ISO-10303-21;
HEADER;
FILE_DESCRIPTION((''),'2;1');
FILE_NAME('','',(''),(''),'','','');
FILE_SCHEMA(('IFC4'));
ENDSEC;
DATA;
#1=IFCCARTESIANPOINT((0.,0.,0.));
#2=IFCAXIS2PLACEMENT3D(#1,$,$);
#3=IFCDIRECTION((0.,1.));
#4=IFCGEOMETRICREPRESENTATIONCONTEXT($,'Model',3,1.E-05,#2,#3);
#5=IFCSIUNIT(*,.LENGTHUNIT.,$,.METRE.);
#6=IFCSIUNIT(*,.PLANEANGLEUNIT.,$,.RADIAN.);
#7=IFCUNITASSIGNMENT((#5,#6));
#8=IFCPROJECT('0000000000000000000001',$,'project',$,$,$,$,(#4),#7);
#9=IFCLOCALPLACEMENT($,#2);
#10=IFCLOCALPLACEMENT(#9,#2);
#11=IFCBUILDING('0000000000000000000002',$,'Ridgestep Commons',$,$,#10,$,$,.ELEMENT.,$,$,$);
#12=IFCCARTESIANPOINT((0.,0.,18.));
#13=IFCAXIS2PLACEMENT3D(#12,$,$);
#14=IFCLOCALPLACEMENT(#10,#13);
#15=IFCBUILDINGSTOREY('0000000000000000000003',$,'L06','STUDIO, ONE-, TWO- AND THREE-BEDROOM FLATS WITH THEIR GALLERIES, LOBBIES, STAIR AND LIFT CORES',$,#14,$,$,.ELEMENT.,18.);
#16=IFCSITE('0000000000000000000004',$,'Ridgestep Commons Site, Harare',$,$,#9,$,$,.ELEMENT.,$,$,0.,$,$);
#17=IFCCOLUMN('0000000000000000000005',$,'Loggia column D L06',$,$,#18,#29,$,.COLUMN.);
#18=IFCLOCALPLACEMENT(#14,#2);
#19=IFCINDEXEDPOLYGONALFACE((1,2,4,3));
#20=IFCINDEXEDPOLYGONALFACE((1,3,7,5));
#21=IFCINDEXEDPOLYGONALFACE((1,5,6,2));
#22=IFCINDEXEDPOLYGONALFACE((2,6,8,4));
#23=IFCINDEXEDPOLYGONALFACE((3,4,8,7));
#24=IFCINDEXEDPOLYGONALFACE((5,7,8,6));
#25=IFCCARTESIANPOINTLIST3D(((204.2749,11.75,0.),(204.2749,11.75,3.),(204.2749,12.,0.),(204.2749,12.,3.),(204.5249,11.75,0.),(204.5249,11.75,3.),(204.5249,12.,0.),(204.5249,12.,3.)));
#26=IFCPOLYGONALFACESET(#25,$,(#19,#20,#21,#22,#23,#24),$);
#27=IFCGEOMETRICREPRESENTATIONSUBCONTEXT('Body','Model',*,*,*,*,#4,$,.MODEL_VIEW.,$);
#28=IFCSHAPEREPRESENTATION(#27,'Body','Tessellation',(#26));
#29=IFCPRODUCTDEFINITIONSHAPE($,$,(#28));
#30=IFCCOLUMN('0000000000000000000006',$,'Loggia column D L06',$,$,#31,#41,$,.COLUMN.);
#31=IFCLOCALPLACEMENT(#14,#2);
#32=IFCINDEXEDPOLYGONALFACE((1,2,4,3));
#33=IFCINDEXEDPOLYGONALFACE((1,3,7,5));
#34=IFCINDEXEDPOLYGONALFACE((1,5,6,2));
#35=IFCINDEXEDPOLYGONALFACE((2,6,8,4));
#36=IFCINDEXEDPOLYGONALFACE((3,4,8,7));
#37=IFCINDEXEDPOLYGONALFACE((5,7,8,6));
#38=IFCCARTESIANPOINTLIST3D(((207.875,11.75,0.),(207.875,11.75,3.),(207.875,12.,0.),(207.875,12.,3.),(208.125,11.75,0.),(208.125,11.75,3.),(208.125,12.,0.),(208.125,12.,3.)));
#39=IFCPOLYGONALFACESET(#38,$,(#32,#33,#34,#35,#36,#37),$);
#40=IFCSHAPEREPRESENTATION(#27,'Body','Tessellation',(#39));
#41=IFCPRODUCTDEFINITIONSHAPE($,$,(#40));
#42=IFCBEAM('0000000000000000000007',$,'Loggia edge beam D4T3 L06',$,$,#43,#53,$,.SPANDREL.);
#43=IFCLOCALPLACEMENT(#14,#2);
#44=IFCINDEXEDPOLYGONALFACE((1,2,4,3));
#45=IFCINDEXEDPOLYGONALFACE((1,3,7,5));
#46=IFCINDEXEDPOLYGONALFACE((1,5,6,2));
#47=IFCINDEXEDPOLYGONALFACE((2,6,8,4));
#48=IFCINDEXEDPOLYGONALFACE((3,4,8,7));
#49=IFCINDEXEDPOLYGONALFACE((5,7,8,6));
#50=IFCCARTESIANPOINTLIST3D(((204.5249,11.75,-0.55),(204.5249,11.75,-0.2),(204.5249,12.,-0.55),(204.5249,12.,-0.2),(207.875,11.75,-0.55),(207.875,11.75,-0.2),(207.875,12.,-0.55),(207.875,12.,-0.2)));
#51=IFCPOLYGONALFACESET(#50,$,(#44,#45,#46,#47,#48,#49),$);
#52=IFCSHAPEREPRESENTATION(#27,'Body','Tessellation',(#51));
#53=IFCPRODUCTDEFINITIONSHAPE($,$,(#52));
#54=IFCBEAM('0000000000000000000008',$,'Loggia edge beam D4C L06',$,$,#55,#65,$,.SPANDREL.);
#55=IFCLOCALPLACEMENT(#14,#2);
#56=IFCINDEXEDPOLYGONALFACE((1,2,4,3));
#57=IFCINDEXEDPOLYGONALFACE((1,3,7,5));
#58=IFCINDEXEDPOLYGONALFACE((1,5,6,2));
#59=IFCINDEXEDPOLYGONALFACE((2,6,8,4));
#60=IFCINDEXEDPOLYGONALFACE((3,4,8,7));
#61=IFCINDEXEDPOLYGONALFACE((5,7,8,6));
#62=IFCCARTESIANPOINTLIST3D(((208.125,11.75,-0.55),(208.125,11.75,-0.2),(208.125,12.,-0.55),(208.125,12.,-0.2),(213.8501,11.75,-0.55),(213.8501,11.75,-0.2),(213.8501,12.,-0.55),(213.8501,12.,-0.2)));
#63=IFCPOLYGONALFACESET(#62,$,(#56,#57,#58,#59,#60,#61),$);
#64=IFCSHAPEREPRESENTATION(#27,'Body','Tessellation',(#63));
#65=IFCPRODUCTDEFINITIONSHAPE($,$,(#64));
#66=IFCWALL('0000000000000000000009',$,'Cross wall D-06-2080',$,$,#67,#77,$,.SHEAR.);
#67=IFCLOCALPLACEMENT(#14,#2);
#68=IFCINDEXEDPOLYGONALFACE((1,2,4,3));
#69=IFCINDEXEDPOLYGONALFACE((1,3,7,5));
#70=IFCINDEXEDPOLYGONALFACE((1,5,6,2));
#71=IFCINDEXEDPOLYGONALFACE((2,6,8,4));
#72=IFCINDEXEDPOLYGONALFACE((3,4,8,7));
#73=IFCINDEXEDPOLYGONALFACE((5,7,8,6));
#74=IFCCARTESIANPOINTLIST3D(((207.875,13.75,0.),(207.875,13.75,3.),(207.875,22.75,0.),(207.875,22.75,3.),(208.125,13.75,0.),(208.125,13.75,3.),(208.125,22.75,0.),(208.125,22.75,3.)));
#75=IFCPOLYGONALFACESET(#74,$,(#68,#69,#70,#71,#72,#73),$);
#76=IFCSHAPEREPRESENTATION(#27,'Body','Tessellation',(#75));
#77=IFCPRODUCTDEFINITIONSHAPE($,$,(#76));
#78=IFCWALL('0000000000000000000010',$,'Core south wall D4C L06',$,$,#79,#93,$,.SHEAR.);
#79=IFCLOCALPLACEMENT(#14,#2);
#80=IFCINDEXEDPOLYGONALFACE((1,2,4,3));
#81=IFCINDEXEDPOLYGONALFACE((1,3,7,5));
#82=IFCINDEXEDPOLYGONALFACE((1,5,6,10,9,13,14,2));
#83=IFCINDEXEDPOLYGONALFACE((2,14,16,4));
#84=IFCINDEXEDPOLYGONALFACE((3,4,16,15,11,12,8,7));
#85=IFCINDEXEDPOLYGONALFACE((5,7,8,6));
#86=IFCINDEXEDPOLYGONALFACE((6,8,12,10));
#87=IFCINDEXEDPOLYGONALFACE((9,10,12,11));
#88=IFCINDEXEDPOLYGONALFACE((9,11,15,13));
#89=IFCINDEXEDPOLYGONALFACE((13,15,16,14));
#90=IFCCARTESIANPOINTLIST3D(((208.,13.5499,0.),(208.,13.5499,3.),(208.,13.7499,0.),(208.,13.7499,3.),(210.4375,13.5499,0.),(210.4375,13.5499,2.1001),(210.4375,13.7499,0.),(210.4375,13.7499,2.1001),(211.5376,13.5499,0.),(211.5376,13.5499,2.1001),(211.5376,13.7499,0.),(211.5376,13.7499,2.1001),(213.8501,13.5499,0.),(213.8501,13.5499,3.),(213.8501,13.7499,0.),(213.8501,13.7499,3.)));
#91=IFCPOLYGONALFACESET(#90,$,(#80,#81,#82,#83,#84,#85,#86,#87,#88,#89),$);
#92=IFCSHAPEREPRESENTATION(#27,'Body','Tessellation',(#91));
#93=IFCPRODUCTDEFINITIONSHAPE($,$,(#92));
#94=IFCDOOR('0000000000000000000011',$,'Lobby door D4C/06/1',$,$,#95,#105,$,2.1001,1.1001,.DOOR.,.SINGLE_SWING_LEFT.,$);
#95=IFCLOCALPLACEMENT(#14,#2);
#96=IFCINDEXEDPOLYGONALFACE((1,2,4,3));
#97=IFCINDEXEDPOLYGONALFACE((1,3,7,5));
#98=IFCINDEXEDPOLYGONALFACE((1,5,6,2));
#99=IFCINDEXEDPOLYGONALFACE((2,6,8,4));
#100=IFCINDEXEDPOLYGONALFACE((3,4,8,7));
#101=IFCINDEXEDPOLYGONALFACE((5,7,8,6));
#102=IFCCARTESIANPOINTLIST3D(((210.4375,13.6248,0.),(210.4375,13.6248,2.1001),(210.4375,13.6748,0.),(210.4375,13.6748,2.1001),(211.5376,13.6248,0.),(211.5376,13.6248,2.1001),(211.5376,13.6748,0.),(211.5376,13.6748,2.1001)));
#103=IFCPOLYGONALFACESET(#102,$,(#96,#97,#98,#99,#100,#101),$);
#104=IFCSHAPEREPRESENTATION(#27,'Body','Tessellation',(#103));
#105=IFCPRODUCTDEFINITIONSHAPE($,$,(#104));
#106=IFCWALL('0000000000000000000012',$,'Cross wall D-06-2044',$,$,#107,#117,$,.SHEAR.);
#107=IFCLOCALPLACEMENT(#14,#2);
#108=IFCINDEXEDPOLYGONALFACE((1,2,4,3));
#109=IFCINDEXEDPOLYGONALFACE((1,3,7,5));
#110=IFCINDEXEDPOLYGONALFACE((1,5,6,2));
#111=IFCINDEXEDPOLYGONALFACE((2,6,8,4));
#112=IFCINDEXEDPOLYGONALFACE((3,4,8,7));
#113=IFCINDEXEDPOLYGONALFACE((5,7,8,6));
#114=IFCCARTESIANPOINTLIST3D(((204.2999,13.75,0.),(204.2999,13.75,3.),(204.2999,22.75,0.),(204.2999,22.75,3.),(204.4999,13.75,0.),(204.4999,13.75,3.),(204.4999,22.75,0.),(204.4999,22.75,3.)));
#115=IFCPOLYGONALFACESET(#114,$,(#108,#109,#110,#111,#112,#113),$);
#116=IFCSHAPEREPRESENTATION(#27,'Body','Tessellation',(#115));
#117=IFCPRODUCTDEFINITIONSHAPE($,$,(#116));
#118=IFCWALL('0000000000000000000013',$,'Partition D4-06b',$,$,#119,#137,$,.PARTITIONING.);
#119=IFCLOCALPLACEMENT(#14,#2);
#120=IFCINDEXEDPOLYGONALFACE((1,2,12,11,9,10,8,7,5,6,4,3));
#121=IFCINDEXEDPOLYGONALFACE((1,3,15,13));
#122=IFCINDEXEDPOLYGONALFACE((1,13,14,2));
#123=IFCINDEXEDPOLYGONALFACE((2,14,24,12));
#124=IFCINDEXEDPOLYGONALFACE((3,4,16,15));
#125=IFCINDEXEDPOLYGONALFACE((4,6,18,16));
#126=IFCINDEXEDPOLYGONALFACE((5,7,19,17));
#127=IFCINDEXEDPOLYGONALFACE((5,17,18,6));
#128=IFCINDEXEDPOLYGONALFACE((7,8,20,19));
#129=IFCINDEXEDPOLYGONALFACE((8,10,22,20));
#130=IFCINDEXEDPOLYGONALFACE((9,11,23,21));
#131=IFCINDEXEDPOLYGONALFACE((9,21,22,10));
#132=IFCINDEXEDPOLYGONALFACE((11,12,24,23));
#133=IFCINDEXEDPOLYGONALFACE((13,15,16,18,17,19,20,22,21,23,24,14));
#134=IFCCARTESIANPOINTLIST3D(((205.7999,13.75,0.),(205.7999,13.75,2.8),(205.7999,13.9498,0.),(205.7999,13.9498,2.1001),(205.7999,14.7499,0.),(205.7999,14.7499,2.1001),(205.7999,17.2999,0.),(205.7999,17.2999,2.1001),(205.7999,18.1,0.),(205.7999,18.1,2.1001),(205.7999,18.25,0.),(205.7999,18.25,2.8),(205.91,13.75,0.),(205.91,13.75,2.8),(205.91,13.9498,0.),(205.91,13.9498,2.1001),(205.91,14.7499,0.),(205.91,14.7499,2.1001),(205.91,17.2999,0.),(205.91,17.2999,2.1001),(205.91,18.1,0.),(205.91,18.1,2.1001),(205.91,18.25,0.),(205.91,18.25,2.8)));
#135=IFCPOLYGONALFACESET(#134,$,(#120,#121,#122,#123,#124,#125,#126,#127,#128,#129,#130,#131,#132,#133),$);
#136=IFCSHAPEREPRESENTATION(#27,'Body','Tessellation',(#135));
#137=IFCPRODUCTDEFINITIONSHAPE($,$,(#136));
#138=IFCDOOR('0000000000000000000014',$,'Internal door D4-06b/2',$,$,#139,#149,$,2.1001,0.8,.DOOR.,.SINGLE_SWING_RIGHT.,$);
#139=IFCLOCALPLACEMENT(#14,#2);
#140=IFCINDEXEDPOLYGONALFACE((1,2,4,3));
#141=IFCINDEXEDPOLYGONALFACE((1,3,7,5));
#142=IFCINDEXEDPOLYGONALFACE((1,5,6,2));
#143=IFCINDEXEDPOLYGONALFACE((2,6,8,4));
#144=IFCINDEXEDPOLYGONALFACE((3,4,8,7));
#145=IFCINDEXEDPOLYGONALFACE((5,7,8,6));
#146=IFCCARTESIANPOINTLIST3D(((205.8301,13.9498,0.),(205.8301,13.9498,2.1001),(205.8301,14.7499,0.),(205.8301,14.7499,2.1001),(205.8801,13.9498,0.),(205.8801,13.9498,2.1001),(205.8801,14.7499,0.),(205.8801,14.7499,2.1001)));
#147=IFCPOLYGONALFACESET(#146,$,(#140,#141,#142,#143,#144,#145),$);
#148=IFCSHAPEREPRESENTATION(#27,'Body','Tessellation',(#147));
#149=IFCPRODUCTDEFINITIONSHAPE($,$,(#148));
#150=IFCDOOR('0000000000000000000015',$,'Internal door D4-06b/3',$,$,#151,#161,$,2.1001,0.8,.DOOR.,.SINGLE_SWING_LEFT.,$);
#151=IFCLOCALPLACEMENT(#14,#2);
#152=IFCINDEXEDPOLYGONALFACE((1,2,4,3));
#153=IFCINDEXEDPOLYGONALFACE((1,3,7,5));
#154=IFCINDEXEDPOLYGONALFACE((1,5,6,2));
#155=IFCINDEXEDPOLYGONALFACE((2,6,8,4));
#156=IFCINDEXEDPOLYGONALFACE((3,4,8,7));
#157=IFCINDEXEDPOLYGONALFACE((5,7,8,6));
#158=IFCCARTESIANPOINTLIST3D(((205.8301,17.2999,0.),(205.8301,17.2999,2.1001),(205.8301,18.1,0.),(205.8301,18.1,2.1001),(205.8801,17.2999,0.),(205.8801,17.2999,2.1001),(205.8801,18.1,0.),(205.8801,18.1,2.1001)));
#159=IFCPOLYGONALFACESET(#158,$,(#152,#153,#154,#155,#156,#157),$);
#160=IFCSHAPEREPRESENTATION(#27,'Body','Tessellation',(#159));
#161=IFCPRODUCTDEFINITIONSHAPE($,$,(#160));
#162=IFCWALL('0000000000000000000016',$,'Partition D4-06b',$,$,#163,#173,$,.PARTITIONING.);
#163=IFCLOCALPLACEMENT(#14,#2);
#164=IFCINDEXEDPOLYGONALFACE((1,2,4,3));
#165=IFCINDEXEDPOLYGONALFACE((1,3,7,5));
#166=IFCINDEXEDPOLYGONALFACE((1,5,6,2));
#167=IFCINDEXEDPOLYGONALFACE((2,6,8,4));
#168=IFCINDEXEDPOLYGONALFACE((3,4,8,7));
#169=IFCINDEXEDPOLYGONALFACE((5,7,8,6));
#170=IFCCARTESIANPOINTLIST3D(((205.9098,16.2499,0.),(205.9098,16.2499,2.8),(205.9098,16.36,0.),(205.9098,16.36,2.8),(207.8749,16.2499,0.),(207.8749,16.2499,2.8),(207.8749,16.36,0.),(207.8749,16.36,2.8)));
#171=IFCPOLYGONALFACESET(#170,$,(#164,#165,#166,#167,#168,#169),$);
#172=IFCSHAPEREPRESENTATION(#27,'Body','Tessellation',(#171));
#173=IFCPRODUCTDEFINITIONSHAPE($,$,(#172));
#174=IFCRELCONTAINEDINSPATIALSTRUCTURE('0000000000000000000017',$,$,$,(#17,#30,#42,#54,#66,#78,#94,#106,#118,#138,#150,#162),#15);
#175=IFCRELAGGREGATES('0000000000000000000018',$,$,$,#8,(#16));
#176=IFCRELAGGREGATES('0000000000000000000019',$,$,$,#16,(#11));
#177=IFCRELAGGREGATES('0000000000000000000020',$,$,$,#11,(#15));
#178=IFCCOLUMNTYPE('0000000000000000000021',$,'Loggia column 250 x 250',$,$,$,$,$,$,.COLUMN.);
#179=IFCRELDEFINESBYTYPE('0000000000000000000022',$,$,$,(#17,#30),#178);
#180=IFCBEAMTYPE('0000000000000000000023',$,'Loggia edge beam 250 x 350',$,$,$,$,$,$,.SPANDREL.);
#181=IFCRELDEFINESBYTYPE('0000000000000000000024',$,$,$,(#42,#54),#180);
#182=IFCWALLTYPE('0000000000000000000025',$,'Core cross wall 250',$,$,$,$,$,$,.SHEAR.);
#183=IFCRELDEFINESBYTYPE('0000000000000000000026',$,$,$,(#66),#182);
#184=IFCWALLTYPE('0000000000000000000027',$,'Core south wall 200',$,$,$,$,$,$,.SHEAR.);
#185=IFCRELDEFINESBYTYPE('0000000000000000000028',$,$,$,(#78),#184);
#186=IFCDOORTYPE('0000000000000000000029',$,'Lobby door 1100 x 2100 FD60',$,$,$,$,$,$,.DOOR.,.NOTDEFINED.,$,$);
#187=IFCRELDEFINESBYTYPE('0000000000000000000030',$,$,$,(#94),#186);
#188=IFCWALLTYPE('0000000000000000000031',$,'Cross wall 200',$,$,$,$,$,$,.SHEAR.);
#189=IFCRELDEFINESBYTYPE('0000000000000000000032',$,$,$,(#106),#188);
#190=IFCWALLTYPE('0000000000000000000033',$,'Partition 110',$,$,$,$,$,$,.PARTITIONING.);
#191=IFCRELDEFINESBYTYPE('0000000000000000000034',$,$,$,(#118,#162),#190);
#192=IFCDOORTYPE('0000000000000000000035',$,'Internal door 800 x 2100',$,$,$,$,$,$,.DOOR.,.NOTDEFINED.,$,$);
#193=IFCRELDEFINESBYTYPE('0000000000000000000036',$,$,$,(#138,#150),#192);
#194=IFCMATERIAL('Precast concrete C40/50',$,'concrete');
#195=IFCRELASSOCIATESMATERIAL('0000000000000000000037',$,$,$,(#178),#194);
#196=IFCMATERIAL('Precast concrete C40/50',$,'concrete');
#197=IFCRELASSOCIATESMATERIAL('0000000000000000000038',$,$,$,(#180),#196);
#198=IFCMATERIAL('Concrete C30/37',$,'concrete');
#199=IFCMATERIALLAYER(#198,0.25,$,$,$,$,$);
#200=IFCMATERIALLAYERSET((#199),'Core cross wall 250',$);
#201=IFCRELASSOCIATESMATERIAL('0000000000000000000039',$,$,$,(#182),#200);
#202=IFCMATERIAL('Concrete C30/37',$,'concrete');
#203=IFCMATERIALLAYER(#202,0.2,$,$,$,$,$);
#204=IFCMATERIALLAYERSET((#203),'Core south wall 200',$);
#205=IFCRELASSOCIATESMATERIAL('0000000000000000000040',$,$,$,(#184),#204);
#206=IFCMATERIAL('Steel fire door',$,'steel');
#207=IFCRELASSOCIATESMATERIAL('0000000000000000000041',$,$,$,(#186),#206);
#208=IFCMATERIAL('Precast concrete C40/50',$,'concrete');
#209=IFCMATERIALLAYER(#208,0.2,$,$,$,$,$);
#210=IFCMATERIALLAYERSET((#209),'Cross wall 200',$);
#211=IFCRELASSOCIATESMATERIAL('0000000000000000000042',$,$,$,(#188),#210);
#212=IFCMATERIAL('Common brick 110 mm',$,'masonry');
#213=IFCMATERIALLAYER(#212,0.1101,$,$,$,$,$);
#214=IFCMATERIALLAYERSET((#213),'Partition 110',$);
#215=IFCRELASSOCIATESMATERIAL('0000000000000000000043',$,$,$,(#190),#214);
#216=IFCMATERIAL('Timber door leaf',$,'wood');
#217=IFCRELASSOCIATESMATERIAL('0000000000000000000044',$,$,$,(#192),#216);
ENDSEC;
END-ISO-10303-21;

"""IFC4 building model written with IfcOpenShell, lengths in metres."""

from ifc_helpers import new_model, si_unit, direction, frame, frame_2d, origin, origin_2d, place, context, subcontext, project, spatial, rectangle, extrude, material, layer, layer_set, material_profile, profile_set, type_object, element, fill, save


model = new_model("IFC4")

# Units and contexts
model_context = context("Model", 3, precision=1e-05, world=origin(), true_north=direction((0.0, 1.0)))
body_context = subcontext(model_context, "Body", "Model", "MODEL_VIEW")
ifc_project = project(units=[si_unit("LENGTHUNIT", "METRE"), si_unit("PLANEANGLEUNIT", "RADIAN")], contexts=[model_context])

# Site, building, storey
site_placement = place(None, origin())
site = spatial("IfcSite", under=ifc_project, at=site_placement, Name="Ridgestep Commons Site, Harare", CompositionType="ELEMENT", RefElevation=0.0)
building_placement = place(site_placement, origin())
building = spatial("IfcBuilding", under=site, at=building_placement, Name="Ridgestep Commons", CompositionType="ELEMENT")
storey_placement = place(building_placement, frame((0.0, 0.0, 18.0)))
storey = spatial("IfcBuildingStorey", under=building, at=storey_placement, Name="L06", Description="STUDIO, ONE-, TWO- AND THREE-BEDROOM FLATS WITH THEIR GALLERIES, LOBBIES, STAIR AND LIFT CORES", CompositionType="ELEMENT", Elevation=18.0)

# Columns
ifc_material_1 = material(Name="Precast concrete C40/50", Category="concrete")
ifc_material_profile_1 = material_profile(ifc_material_1, rectangle(XDim=0.25, YDim=0.25, at=origin_2d()), Name="PC 250x250")
ifc_profile_set_1 = profile_set([ifc_material_profile_1], Name="Precast concrete C40/50")
column_type = type_object("IfcColumnType", Name="Loggia column 250 x 250", PredefinedType="COLUMN", material=ifc_profile_set_1)
for number, where, z_axis, x_axis, name in (
    (1, (204.3999, 11.875, 0.0), (0.0, 0.0, 1.0), (1.0, 0.0, 0.0), "Loggia column D L06"),
    (2, (208.0, 11.875, 0.0), (0.0, 0.0, 1.0), (1.0, 0.0, 0.0), "Loggia column D L06"),
):
    element("IfcColumn", number, at=place(storey_placement, frame(where, z_axis=z_axis, x_axis=x_axis)), inside=storey, type_object=column_type, Name=name, PredefinedType="COLUMN", context=body_context, shape_type="SweptSolid", body=[
        extrude(rectangle(XDim=0.25, YDim=0.25, at=origin_2d()), origin(), (0.0, 0.0, 1.0), 3.0),
    ])

# Beams
ifc_material_2 = material(Name="Precast concrete C40/50", Category="concrete")
ifc_material_profile_2 = material_profile(ifc_material_2, rectangle(XDim=0.25, YDim=0.3501, at=origin_2d()), Name="PC 250x350")
ifc_profile_set_2 = profile_set([ifc_material_profile_2], Name="Precast concrete C40/50")
beam_type = type_object("IfcBeamType", Name="Loggia edge beam 250 x 350", PredefinedType="SPANDREL", material=ifc_profile_set_2)
beam_1_placement = place(storey_placement, frame((204.5249, 11.875, -0.375), z_axis=(1.0, 0.0, 0.0), x_axis=(0.0, 1.0, 0.0)))
element("IfcBeam", 3, at=beam_1_placement, inside=storey, type_object=beam_type, Name="Loggia edge beam D4T3 L06", PredefinedType="SPANDREL", context=body_context, shape_type="SweptSolid", body=[
    extrude(rectangle(XDim=0.25, YDim=0.3501, at=origin_2d()), origin(), (0.0, 0.0, 1.0), 3.3501),
])
beam_2_placement = place(storey_placement, frame((208.125, 11.875, -0.375), z_axis=(1.0, 0.0, 0.0), x_axis=(0.0, 1.0, 0.0)))
element("IfcBeam", 4, at=beam_2_placement, inside=storey, type_object=beam_type, Name="Loggia edge beam D4C L06", PredefinedType="SPANDREL", context=body_context, shape_type="SweptSolid", body=[
    extrude(rectangle(XDim=0.25, YDim=0.3501, at=origin_2d()), origin(), (0.0, 0.0, 1.0), 5.7251),
])

# Wall
ifc_material_3 = material(Name="Concrete C30/37", Category="concrete")
ifc_layer_1 = layer(ifc_material_3, 0.25)
ifc_layer_set_1 = layer_set([ifc_layer_1], Name="Core cross wall 250")
wall_type_1 = type_object("IfcWallType", Name="Core cross wall 250", PredefinedType="SHEAR", material=ifc_layer_set_1)
wall_1_placement = place(storey_placement, frame((208.0, 13.75, 0.0), z_axis=(0.0, 0.0, 1.0), x_axis=(0.0, 1.0, 0.0)))
element("IfcWall", 5, at=wall_1_placement, inside=storey, type_object=wall_type_1, Name="Cross wall D-06-2080", PredefinedType="SHEAR", context=body_context, shape_type="SweptSolid", body=[
    extrude(rectangle(XDim=9.0, YDim=0.25, at=frame_2d((4.5, 0.0))), origin(), (0.0, 0.0, 1.0), 3.0),
])

# Wall, opening, door
ifc_material_4 = material(Name="Concrete C30/37", Category="concrete")
ifc_layer_2 = layer(ifc_material_4, 0.2)
ifc_layer_set_2 = layer_set([ifc_layer_2], Name="Core south wall 200")
wall_type_2 = type_object("IfcWallType", Name="Core south wall 200", PredefinedType="SHEAR", material=ifc_layer_set_2)
wall_2_placement = place(storey_placement, frame((208.0, 13.6499, 0.0), z_axis=(0.0, 0.0, 1.0), x_axis=(1.0, 0.0, 0.0)))
wall_2 = element("IfcWall", 6, at=wall_2_placement, inside=storey, type_object=wall_type_2, Name="Core south wall D4C L06", PredefinedType="SHEAR", context=body_context, shape_type="SweptSolid", body=[
    extrude(rectangle(XDim=5.8501, YDim=0.2, at=frame_2d((2.925, 0.0))), origin(), (0.0, 0.0, 1.0), 3.0),
])
opening_1_placement = place(wall_2_placement, frame((2.4375, 0.0, 0.0)))
opening_1 = element("IfcOpeningElement", 7, at=opening_1_placement, cuts=wall_2, PredefinedType="OPENING", context=body_context, shape_type="SweptSolid", body=[
    extrude(rectangle(XDim=1.1001, YDim=2.1001, at=frame_2d((0.55, 1.05))), frame((0.0, 0.1099, 0.0), z_axis=(0.0, -1.0, 0.0), x_axis=(1.0, 0.0, 0.0)), (0.0, 0.0, 1.0), 0.22),
])
ifc_material_5 = material(Name="Steel fire door", Category="steel")
door_type_1 = type_object("IfcDoorType", Name="Lobby door 1100 x 2100 FD60", OperationType="NOTDEFINED", PredefinedType="DOOR", material=ifc_material_5)
door_1_placement = place(opening_1_placement, origin())
door_1 = element("IfcDoor", 8, at=door_1_placement, inside=storey, type_object=door_type_1, Name="Lobby door D4C/06/1", OperationType="SINGLE_SWING_LEFT", OverallHeight=2.1001, OverallWidth=1.1001, PredefinedType="DOOR", context=body_context, shape_type="SweptSolid", body=[
    extrude(rectangle(XDim=1.1001, YDim=2.1001, at=frame_2d((0.55, 1.05))), frame((0.0, 0.0249, 0.0), z_axis=(0.0, -1.0, 0.0), x_axis=(1.0, 0.0, 0.0)), (0.0, 0.0, 1.0), 0.05),
])
fill(opening_1, door_1)

# Wall
ifc_material_6 = material(Name="Precast concrete C40/50", Category="concrete")
ifc_layer_3 = layer(ifc_material_6, 0.2)
ifc_layer_set_3 = layer_set([ifc_layer_3], Name="Cross wall 200")
wall_type_3 = type_object("IfcWallType", Name="Cross wall 200", PredefinedType="SHEAR", material=ifc_layer_set_3)
wall_3_placement = place(storey_placement, frame((204.3999, 13.75, 0.0), z_axis=(0.0, 0.0, 1.0), x_axis=(0.0, 1.0, 0.0)))
element("IfcWall", 9, at=wall_3_placement, inside=storey, type_object=wall_type_3, Name="Cross wall D-06-2044", PredefinedType="SHEAR", context=body_context, shape_type="SweptSolid", body=[
    extrude(rectangle(XDim=9.0, YDim=0.2, at=frame_2d((4.5, 0.0))), origin(), (0.0, 0.0, 1.0), 3.0),
])

# Wall, openings, doors
ifc_material_7 = material(Name="Common brick 110 mm", Category="masonry")
ifc_layer_4 = layer(ifc_material_7, 0.1101)
ifc_layer_set_4 = layer_set([ifc_layer_4], Name="Partition 110")
wall_type_4 = type_object("IfcWallType", Name="Partition 110", PredefinedType="PARTITIONING", material=ifc_layer_set_4)
wall_4_placement = place(storey_placement, frame((205.855, 13.75, 0.0), z_axis=(0.0, 0.0, 1.0), x_axis=(0.0, 1.0, 0.0)))
wall_4 = element("IfcWall", 10, at=wall_4_placement, inside=storey, type_object=wall_type_4, Name="Partition D4-06b", PredefinedType="PARTITIONING", context=body_context, shape_type="SweptSolid", body=[
    extrude(rectangle(XDim=4.5, YDim=0.1101, at=frame_2d((2.25, 0.0))), origin(), (0.0, 0.0, 1.0), 2.8),
])
opening_2_placement = place(wall_4_placement, frame((0.2, 0.0, 0.0)))
opening_2 = element("IfcOpeningElement", 11, at=opening_2_placement, cuts=wall_4, PredefinedType="OPENING", context=body_context, shape_type="SweptSolid", body=[
    extrude(rectangle(XDim=0.8, YDim=2.1001, at=frame_2d((0.3999, 1.05))), frame((0.0, 0.0649, 0.0), z_axis=(0.0, -1.0, 0.0), x_axis=(1.0, 0.0, 0.0)), (0.0, 0.0, 1.0), 0.1301),
])
opening_3_placement = place(wall_4_placement, frame((3.55, 0.0, 0.0)))
opening_3 = element("IfcOpeningElement", 12, at=opening_3_placement, cuts=wall_4, PredefinedType="OPENING", context=body_context, shape_type="SweptSolid", body=[
    extrude(rectangle(XDim=0.8, YDim=2.1001, at=frame_2d((0.3999, 1.05))), frame((0.0, 0.0649, 0.0), z_axis=(0.0, -1.0, 0.0), x_axis=(1.0, 0.0, 0.0)), (0.0, 0.0, 1.0), 0.1301),
])
ifc_material_8 = material(Name="Timber door leaf", Category="wood")
door_type_2 = type_object("IfcDoorType", Name="Internal door 800 x 2100", OperationType="NOTDEFINED", PredefinedType="DOOR", material=ifc_material_8)
door_2_placement = place(opening_2_placement, origin())
door_2 = element("IfcDoor", 13, at=door_2_placement, inside=storey, type_object=door_type_2, Name="Internal door D4-06b/2", OperationType="SINGLE_SWING_RIGHT", OverallHeight=2.1001, OverallWidth=0.8, PredefinedType="DOOR", context=body_context, shape_type="SweptSolid", body=[
    extrude(rectangle(XDim=0.8, YDim=2.1001, at=frame_2d((0.3999, 1.05))), frame((0.0, 0.0249, 0.0), z_axis=(0.0, -1.0, 0.0), x_axis=(1.0, 0.0, 0.0)), (0.0, 0.0, 1.0), 0.05),
])
fill(opening_2, door_2)
door_3_placement = place(opening_3_placement, origin())
door_3 = element("IfcDoor", 14, at=door_3_placement, inside=storey, type_object=door_type_2, Name="Internal door D4-06b/3", OperationType="SINGLE_SWING_LEFT", OverallHeight=2.1001, OverallWidth=0.8, PredefinedType="DOOR", context=body_context, shape_type="SweptSolid", body=[
    extrude(rectangle(XDim=0.8, YDim=2.1001, at=frame_2d((0.3999, 1.05))), frame((0.0, 0.0249, 0.0), z_axis=(0.0, -1.0, 0.0), x_axis=(1.0, 0.0, 0.0)), (0.0, 0.0, 1.0), 0.05),
])
fill(opening_3, door_3)

# Wall
wall_5_placement = place(storey_placement, frame((205.9099, 16.3049, 0.0), z_axis=(0.0, 0.0, 1.0), x_axis=(1.0, 0.0, 0.0)))
element("IfcWall", 15, at=wall_5_placement, inside=storey, type_object=wall_type_4, Name="Partition D4-06b", PredefinedType="PARTITIONING", context=body_context, shape_type="SweptSolid", body=[
    extrude(rectangle(XDim=1.9651, YDim=0.1101, at=frame_2d((0.9824, 0.0))), origin(), (0.0, 0.0, 1.0), 2.8),
])

save(model, "model.ifc")
